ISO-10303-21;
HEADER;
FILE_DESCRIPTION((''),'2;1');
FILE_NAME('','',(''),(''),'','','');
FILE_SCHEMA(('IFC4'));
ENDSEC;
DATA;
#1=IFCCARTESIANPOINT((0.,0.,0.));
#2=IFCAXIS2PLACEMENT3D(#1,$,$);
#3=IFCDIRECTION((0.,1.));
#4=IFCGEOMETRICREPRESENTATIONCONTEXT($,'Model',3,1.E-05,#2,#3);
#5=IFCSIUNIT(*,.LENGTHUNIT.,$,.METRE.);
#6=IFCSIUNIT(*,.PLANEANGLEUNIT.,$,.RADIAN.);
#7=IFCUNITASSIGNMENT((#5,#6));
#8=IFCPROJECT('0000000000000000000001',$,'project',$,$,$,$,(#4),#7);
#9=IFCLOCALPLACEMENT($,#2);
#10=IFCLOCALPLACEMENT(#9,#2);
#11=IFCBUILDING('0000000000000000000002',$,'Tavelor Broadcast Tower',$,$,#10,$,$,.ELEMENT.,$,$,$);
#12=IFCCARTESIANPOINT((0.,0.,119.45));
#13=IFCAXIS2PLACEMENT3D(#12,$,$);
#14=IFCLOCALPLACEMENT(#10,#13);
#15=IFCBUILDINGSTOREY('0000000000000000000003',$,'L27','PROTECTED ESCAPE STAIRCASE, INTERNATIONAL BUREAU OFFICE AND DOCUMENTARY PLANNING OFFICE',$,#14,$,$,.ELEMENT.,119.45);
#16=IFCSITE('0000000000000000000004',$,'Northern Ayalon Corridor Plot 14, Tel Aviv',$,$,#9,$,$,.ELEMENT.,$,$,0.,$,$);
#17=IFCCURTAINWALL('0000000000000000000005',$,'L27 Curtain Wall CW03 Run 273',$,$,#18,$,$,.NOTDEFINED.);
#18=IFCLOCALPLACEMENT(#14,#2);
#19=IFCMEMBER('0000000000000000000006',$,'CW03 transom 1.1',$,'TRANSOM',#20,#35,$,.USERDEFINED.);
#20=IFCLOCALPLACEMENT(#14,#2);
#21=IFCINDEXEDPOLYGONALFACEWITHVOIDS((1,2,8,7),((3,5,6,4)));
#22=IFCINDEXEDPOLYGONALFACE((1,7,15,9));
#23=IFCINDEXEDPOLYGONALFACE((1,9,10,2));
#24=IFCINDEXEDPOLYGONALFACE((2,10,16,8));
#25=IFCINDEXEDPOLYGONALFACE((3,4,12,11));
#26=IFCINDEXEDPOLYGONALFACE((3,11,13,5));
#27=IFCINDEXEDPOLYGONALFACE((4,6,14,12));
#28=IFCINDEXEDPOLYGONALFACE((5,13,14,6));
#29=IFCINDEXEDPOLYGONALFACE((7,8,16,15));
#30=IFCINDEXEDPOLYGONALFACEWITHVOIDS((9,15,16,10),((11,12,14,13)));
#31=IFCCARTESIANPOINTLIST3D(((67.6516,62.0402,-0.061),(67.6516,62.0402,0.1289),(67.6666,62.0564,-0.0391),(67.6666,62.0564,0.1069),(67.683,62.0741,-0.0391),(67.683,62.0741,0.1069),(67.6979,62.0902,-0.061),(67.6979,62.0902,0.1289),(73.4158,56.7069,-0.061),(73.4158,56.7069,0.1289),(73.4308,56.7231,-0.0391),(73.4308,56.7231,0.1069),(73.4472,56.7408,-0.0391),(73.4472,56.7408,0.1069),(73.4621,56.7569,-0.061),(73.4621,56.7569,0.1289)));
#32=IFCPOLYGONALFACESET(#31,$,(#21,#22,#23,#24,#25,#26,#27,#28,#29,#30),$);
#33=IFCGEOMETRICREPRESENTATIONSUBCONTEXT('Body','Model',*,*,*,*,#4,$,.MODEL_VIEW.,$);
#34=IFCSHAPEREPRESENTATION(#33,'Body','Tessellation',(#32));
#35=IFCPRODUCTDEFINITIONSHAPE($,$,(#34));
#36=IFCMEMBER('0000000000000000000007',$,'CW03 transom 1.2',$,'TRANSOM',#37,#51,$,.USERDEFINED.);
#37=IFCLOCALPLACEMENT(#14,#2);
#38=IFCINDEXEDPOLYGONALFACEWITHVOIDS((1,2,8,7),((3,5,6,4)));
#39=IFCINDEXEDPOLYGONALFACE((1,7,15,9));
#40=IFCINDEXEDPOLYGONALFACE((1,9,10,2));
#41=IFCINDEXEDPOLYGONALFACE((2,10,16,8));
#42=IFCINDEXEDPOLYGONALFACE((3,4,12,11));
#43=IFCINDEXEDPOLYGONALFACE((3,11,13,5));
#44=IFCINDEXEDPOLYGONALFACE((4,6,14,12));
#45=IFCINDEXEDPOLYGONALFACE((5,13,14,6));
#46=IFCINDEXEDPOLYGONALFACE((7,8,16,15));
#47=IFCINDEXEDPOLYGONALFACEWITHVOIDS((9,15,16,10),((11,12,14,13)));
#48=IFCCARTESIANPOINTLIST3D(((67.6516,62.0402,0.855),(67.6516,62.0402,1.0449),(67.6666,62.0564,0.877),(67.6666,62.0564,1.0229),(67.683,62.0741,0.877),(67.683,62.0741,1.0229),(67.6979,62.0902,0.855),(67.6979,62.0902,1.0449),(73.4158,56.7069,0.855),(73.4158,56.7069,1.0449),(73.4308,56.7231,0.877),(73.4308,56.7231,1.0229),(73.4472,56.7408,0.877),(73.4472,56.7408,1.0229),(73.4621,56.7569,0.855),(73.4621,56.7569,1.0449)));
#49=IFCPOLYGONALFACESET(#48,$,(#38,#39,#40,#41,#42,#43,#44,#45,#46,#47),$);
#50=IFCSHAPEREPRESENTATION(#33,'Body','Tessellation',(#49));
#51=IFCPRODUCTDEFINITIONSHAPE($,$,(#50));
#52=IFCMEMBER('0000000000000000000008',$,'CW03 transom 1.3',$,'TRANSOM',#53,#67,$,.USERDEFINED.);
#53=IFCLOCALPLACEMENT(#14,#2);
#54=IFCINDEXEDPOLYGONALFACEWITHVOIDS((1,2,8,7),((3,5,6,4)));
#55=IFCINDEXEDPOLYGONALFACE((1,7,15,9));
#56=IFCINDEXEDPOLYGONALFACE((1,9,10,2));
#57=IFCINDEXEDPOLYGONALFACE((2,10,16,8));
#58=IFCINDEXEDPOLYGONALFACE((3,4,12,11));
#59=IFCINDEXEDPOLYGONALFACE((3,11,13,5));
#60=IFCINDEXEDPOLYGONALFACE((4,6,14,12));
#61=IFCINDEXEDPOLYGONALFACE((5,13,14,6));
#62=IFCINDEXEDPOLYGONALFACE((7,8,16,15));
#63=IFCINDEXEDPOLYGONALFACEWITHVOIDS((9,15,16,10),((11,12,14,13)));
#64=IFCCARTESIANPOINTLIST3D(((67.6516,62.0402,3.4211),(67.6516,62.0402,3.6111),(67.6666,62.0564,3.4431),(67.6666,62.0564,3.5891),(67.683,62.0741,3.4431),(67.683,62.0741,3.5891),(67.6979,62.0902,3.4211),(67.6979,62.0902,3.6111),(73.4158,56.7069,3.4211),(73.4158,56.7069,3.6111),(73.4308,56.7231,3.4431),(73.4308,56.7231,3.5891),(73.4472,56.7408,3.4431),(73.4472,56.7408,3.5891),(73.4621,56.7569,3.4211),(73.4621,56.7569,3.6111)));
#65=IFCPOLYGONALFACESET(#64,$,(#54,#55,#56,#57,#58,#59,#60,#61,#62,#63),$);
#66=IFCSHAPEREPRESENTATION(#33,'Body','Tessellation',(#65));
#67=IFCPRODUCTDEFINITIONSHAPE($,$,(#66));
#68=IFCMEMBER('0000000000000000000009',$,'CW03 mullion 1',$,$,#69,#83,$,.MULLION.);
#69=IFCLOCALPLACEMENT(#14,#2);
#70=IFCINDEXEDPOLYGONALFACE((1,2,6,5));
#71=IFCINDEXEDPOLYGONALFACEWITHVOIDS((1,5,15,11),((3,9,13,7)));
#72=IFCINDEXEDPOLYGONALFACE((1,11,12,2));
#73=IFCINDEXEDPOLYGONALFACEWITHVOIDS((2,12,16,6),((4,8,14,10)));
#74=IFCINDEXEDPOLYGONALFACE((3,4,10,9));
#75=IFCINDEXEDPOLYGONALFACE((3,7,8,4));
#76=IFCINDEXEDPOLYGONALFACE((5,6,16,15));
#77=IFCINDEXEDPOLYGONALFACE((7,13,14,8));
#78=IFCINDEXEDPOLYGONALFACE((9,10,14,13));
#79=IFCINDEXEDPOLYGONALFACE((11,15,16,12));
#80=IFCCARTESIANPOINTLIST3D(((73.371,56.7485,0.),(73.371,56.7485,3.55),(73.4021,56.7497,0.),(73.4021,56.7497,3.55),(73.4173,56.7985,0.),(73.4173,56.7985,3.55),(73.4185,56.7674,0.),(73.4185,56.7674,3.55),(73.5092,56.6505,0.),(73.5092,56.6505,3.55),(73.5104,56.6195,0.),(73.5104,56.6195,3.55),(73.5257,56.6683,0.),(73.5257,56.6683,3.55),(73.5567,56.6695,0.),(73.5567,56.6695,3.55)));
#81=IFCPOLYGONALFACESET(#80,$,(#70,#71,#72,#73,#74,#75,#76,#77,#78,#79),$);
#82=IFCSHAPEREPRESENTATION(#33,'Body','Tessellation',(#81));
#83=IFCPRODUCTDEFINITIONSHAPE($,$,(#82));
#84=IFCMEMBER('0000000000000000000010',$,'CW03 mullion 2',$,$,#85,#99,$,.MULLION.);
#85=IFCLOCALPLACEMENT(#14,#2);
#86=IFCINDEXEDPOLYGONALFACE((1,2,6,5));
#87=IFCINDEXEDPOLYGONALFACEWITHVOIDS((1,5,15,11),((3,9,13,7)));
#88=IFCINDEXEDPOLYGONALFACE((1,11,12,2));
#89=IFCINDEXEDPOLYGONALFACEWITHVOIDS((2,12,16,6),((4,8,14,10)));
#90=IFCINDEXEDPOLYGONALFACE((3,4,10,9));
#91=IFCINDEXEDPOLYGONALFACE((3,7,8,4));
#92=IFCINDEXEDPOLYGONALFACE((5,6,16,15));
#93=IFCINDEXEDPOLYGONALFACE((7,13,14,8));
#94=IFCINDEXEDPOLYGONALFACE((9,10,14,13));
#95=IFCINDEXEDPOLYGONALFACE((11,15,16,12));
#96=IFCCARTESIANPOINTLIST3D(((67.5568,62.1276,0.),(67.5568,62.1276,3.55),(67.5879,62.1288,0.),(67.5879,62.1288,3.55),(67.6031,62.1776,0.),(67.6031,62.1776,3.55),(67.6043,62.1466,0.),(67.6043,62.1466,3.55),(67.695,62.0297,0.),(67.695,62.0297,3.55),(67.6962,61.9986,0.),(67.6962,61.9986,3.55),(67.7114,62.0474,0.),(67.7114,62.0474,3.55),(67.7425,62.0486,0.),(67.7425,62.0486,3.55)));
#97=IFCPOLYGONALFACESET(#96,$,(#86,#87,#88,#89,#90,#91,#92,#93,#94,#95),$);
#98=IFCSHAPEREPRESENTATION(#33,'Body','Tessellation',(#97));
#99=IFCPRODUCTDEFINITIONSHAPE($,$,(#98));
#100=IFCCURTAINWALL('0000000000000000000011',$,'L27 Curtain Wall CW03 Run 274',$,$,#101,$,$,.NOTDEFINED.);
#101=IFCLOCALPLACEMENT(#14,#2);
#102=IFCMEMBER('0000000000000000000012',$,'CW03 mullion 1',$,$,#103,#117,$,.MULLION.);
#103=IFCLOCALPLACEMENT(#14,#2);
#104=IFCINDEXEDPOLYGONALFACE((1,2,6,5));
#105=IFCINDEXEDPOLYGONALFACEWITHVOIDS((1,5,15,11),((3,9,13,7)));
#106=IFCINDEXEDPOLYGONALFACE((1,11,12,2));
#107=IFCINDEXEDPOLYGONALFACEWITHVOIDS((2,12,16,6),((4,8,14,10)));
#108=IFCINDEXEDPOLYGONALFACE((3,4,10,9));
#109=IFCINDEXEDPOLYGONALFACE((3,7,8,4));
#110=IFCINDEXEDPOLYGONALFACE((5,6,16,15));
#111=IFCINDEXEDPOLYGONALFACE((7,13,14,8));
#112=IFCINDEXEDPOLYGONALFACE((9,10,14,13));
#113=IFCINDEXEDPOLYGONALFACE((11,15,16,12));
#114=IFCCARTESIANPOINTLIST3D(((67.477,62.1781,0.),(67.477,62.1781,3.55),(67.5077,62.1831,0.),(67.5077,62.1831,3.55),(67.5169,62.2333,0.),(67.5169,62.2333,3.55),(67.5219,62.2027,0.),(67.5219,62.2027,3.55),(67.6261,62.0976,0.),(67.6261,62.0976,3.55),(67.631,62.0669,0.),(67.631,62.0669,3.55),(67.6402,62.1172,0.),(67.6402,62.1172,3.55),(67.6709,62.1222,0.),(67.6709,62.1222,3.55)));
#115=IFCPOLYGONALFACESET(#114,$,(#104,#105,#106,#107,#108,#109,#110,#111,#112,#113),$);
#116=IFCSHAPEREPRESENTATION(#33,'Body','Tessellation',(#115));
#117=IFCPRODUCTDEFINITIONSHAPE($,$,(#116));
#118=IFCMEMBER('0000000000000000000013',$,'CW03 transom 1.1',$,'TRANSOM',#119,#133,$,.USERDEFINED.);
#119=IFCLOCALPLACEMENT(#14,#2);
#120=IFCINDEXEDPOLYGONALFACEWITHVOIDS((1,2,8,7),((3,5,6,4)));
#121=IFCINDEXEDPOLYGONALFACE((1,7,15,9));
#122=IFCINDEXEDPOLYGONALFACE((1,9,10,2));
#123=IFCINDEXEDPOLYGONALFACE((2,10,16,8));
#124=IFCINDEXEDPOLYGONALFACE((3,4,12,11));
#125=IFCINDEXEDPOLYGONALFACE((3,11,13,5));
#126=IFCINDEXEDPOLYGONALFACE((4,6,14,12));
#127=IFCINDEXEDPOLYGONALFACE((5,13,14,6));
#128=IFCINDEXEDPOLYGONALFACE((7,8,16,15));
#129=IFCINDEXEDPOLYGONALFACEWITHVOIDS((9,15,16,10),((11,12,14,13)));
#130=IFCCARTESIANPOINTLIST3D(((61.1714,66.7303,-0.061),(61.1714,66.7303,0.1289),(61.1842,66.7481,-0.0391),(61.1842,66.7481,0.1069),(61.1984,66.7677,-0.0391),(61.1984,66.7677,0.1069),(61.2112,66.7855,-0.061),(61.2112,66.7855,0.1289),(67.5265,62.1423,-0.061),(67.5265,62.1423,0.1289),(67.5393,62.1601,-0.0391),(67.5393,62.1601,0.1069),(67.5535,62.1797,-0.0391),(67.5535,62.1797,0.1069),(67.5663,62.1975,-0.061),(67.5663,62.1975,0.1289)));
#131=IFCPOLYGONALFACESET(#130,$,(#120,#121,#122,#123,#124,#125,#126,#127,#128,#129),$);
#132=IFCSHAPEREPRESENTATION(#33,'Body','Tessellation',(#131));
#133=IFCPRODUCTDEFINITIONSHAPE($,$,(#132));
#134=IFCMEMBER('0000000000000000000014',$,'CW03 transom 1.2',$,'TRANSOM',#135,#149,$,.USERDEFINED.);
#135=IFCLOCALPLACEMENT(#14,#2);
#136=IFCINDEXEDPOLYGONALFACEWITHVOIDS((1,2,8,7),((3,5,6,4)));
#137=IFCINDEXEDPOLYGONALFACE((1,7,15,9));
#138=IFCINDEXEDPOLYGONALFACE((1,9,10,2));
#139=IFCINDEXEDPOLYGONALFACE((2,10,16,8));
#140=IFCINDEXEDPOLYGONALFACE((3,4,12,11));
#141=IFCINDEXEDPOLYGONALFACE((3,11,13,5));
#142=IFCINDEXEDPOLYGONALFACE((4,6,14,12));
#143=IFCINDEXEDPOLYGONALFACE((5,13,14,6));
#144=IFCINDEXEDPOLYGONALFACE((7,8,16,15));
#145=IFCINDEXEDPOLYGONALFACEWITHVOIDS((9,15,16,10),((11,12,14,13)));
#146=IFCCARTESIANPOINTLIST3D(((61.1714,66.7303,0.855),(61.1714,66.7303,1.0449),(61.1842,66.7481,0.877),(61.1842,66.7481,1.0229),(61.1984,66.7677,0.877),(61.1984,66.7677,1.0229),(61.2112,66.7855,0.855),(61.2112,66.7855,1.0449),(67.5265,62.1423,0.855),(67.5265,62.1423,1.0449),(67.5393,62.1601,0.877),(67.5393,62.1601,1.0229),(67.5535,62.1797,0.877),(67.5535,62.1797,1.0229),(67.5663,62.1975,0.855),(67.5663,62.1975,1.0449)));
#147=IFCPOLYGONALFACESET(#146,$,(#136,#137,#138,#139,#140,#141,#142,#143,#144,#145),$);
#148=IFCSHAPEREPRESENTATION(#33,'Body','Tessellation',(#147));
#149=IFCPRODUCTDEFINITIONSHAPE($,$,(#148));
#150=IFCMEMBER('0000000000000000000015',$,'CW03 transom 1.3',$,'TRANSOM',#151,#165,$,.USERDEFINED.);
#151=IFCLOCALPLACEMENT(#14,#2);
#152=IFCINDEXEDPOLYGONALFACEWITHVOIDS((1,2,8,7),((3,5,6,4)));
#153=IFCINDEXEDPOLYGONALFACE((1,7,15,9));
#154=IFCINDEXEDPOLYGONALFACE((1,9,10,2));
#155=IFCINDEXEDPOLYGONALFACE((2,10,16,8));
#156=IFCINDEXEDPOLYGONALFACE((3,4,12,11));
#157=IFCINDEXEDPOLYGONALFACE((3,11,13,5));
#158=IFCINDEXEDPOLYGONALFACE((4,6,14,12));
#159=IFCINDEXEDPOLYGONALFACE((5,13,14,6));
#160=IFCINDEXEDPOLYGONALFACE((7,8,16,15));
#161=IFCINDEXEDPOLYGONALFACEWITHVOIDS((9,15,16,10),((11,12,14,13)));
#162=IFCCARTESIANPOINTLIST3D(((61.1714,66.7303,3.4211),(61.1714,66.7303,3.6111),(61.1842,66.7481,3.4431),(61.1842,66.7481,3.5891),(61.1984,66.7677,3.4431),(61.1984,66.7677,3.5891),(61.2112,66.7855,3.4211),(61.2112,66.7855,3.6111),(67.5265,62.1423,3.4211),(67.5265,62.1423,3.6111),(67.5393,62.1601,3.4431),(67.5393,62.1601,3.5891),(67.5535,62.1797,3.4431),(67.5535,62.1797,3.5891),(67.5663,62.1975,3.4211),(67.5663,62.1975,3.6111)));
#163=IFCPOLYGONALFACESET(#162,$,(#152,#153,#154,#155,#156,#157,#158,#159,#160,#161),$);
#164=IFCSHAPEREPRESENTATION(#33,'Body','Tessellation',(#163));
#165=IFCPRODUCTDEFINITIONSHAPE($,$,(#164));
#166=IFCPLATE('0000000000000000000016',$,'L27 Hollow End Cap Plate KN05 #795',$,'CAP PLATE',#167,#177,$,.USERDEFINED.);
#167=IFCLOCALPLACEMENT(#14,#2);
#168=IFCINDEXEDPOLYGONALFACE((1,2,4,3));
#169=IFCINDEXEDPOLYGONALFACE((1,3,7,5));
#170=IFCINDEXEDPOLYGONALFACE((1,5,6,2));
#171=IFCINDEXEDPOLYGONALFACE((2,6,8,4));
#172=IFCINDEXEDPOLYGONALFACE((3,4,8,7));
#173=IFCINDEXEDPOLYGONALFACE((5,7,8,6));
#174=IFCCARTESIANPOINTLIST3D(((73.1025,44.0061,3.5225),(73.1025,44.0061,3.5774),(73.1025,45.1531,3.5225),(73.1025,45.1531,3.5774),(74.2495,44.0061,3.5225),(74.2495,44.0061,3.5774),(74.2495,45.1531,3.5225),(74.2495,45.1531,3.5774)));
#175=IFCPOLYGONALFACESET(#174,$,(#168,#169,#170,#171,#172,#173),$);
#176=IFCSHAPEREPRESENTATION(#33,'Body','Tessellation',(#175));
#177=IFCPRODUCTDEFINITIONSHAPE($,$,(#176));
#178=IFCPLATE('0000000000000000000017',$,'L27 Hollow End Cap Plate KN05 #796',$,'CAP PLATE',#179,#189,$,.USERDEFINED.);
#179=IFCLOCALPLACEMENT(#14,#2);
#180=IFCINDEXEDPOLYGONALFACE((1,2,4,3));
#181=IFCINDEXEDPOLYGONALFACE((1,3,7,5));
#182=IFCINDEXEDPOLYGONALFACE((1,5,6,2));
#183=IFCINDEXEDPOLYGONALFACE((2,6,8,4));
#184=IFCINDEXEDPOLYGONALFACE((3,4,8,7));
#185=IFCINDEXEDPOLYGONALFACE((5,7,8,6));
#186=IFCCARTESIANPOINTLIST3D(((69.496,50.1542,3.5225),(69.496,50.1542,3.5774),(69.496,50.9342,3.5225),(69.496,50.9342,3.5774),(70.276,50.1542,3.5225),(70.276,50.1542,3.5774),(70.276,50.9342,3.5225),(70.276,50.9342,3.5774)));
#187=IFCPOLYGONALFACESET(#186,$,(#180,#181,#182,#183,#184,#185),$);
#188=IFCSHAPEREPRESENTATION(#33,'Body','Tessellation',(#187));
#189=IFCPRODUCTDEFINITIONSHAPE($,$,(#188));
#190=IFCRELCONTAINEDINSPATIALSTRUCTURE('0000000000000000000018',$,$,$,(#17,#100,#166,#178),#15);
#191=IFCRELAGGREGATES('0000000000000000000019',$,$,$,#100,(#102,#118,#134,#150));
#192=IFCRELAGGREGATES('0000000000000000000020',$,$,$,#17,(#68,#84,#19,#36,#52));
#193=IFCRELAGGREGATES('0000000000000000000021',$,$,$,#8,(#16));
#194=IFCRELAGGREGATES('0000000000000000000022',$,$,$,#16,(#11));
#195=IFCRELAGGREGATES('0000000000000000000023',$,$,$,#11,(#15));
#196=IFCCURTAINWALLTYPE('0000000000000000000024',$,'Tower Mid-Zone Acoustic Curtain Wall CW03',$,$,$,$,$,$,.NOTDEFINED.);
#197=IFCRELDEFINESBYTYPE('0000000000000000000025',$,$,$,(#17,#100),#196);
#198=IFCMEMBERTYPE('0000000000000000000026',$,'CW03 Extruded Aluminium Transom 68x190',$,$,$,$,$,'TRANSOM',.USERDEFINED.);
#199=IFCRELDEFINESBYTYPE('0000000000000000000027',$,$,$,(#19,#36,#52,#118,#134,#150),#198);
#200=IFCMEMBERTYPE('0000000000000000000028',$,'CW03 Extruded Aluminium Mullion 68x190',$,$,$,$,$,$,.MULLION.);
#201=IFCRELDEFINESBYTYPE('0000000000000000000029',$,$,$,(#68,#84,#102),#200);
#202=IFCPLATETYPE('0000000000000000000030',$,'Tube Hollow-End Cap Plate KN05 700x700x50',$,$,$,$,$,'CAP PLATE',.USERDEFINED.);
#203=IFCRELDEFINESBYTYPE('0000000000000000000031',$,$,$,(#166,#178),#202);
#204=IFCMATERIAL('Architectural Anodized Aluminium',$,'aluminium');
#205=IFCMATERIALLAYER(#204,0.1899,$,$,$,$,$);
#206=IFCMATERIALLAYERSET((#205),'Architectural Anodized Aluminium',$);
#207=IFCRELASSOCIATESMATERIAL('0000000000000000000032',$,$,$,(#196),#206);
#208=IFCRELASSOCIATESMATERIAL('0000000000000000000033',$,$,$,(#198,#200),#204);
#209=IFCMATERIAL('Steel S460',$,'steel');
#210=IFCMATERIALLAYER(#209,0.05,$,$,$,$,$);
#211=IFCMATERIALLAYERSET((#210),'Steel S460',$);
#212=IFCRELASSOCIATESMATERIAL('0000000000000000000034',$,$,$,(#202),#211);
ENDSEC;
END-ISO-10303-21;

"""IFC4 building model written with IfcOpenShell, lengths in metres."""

from ifc_helpers import new_model, si_unit, direction, frame, origin, origin_2d, place, context, subcontext, project, spatial, rectangle, hollow_rectangle, extrude, source, transform, mapped, material, layer, layer_set, material_profile, profile_set, type_object, type_shapes, element, aggregate, save


model = new_model("IFC4")

# Units and contexts
model_context = context("Model", 3, precision=1e-05, world=origin(), true_north=direction((0.0, 1.0)))
body_context = subcontext(model_context, "Body", "Model", "MODEL_VIEW")
ifc_project = project(units=[si_unit("LENGTHUNIT", "METRE"), si_unit("PLANEANGLEUNIT", "RADIAN")], contexts=[model_context])

# Site, building, storey
site_placement = place(None, origin())
site = spatial("IfcSite", under=ifc_project, at=site_placement, Name="Northern Ayalon Corridor Plot 14, Tel Aviv", CompositionType="ELEMENT", RefElevation=0.0)
building_placement = place(site_placement, origin())
building = spatial("IfcBuilding", under=site, at=building_placement, Name="Tavelor Broadcast Tower", CompositionType="ELEMENT")
storey_placement = place(building_placement, frame((0.0, 0.0, 119.45)))
storey = spatial("IfcBuildingStorey", under=building, at=storey_placement, Name="L27", Description="PROTECTED ESCAPE STAIRCASE, INTERNATIONAL BUREAU OFFICE AND DOCUMENTARY PLANNING OFFICE", CompositionType="ELEMENT", Elevation=119.45)

# Shared definitions
ifc_material_1 = material(Name="Steel S460", Category="steel")

# Curtain walls, members
ifc_material_2 = material(Name="Architectural Anodized Aluminium", Category="aluminium")
ifc_layer_1 = layer(ifc_material_2, 0.1899)
ifc_layer_set_1 = layer_set([ifc_layer_1], Name="Architectural Anodized Aluminium")
curtain_wall_type = type_object("IfcCurtainWallType", Name="Tower Mid-Zone Acoustic Curtain Wall CW03", PredefinedType="NOTDEFINED", material=ifc_layer_set_1)
curtain_wall_1_placement = place(storey_placement, origin())
curtain_wall_1 = element("IfcCurtainWall", 1, at=curtain_wall_1_placement, inside=storey, type_object=curtain_wall_type, Name="L27 Curtain Wall CW03 Run 273", PredefinedType="NOTDEFINED")
ifc_material_profile_1 = material_profile(ifc_material_2, hollow_rectangle(XDim=0.0681, YDim=0.1899, WallThickness=0.022, at=origin_2d()), Name="RHS 68x190x22")
ifc_profile_set_1 = profile_set([ifc_material_profile_1], Name="Architectural Anodized Aluminium")
member_type_1 = type_object("IfcMemberType", Name="CW03 Extruded Aluminium Transom 68x190", ElementType="TRANSOM", PredefinedType="USERDEFINED", material=ifc_profile_set_1)
shared_shape_1 = source(origin(), body_context, "Body", "SweptSolid", [
    extrude(hollow_rectangle(XDim=0.0681, YDim=0.1899, WallThickness=0.022, at=origin_2d()), origin(), (0.0, 0.0, 1.0), 7.853),
])
member_1_placement = place(storey_placement, frame((73.439, 56.7319, 0.0339), z_axis=(-0.73401, 0.679138, 0.0), x_axis=(-0.679138, -0.73401, 0.0)))
member_1 = element("IfcMember", 2, at=member_1_placement, type_object=member_type_1, Name="CW03 transom 1.1", ObjectType="TRANSOM", PredefinedType="USERDEFINED", context=body_context, shape_type="MappedRepresentation", body=[
    mapped(shared_shape_1, transform((0.0, 0.0, 0.0), scale=1.0)),
])
member_2_placement = place(storey_placement, frame((73.439, 56.7319, 0.95), z_axis=(-0.73401, 0.679138, 0.0), x_axis=(-0.679138, -0.73401, 0.0)))
member_2 = element("IfcMember", 3, at=member_2_placement, type_object=member_type_1, Name="CW03 transom 1.2", ObjectType="TRANSOM", PredefinedType="USERDEFINED", context=body_context, shape_type="MappedRepresentation", body=[
    mapped(shared_shape_1, transform((0.0, 0.0, 0.0), scale=1.0)),
])
member_3_placement = place(storey_placement, frame((73.439, 56.7319, 3.5161), z_axis=(-0.73401, 0.679138, 0.0), x_axis=(-0.679138, -0.73401, 0.0)))
member_3 = element("IfcMember", 4, at=member_3_placement, type_object=member_type_1, Name="CW03 transom 1.3", ObjectType="TRANSOM", PredefinedType="USERDEFINED", context=body_context, shape_type="MappedRepresentation", body=[
    mapped(shared_shape_1, transform((0.0, 0.0, 0.0), scale=1.0)),
])
ifc_material_profile_2 = material_profile(ifc_material_2, hollow_rectangle(XDim=0.0681, YDim=0.1899, WallThickness=0.022, at=origin_2d()), Name="RHS 68x190x22")
ifc_profile_set_2 = profile_set([ifc_material_profile_2], Name="Architectural Anodized Aluminium")
member_type_2 = type_object("IfcMemberType", Name="CW03 Extruded Aluminium Mullion 68x190", PredefinedType="MULLION", material=ifc_profile_set_2)
shared_shape_2 = source(origin(), body_context, "Body", "SweptSolid", [
    extrude(hollow_rectangle(XDim=0.0681, YDim=0.1899, WallThickness=0.022, at=origin_2d()), origin(), (0.0, 0.0, 1.0), 3.55),
])
type_shapes(member_type_2, [shared_shape_2])
member_4_placement = place(storey_placement, frame((73.4639, 56.709, 0.0), z_axis=(0.0, 0.0, 1.0), x_axis=(-0.679123, -0.734024, 0.0)))
member_4 = element("IfcMember", 5, at=member_4_placement, type_object=member_type_2, Name="CW03 mullion 1", PredefinedType="MULLION", context=body_context, shape_type="MappedRepresentation", body=[
    mapped(shared_shape_2, transform((0.0, 0.0, 0.0), scale=1.0)),
])
member_5_placement = place(storey_placement, frame((67.6497, 62.0881, 0.0), z_axis=(0.0, 0.0, 1.0), x_axis=(-0.679123, -0.734024, 0.0)))
member_5 = element("IfcMember", 6, at=member_5_placement, type_object=member_type_2, Name="CW03 mullion 2", PredefinedType="MULLION", context=body_context, shape_type="MappedRepresentation", body=[
    mapped(shared_shape_2, transform((0.0, 0.0, 0.0), scale=1.0)),
])
curtain_wall_2_placement = place(storey_placement, origin())
curtain_wall_2 = element("IfcCurtainWall", 7, at=curtain_wall_2_placement, inside=storey, type_object=curtain_wall_type, Name="L27 Curtain Wall CW03 Run 274", PredefinedType="NOTDEFINED")
member_6_placement = place(storey_placement, frame((67.574, 62.1501, 0.0), z_axis=(0.0, 0.0, 1.0), x_axis=(-0.585313, -0.810808, 0.0)))
member_6 = element("IfcMember", 8, at=member_6_placement, type_object=member_type_2, Name="CW03 mullion 1", PredefinedType="MULLION", context=body_context, shape_type="MappedRepresentation", body=[
    mapped(shared_shape_2, transform((0.0, 0.0, 0.0), scale=1.0)),
])
shared_shape_3 = source(origin(), body_context, "Body", "SweptSolid", [
    extrude(hollow_rectangle(XDim=0.0681, YDim=0.1899, WallThickness=0.022, at=origin_2d()), origin(), (0.0, 0.0, 1.0), 7.8381),
])
type_shapes(member_type_1, [shared_shape_1, shared_shape_3])
member_7_placement = place(storey_placement, frame((67.5464, 62.1699, 0.0339), z_axis=(-0.810789, 0.585338, 0.0), x_axis=(-0.585338, -0.810789, 0.0)))
member_7 = element("IfcMember", 9, at=member_7_placement, type_object=member_type_1, Name="CW03 transom 1.1", ObjectType="TRANSOM", PredefinedType="USERDEFINED", context=body_context, shape_type="MappedRepresentation", body=[
    mapped(shared_shape_3, transform((0.0, 0.0, 0.0), scale=1.0)),
])
member_8_placement = place(storey_placement, frame((67.5464, 62.1699, 0.95), z_axis=(-0.810789, 0.585338, 0.0), x_axis=(-0.585338, -0.810789, 0.0)))
member_8 = element("IfcMember", 10, at=member_8_placement, type_object=member_type_1, Name="CW03 transom 1.2", ObjectType="TRANSOM", PredefinedType="USERDEFINED", context=body_context, shape_type="MappedRepresentation", body=[
    mapped(shared_shape_3, transform((0.0, 0.0, 0.0), scale=1.0)),
])
member_9_placement = place(storey_placement, frame((67.5464, 62.1699, 3.5161), z_axis=(-0.810789, 0.585338, 0.0), x_axis=(-0.585338, -0.810789, 0.0)))
member_9 = element("IfcMember", 11, at=member_9_placement, type_object=member_type_1, Name="CW03 transom 1.3", ObjectType="TRANSOM", PredefinedType="USERDEFINED", context=body_context, shape_type="MappedRepresentation", body=[
    mapped(shared_shape_3, transform((0.0, 0.0, 0.0), scale=1.0)),
])
aggregate(curtain_wall_2, [member_6, member_7, member_8, member_9])

# Plates
ifc_layer_2 = layer(ifc_material_1, 0.05)
ifc_layer_set_2 = layer_set([ifc_layer_2], Name="Steel S460")
plate_type_1 = type_object("IfcPlateType", Name="Tube Hollow-End Cap Plate KN05 700x700x50", ElementType="CAP PLATE", PredefinedType="USERDEFINED", material=ifc_layer_set_2)
shared_shape_4 = source(origin(), body_context, "Body", "SweptSolid", [
    extrude(rectangle(XDim=1.147, YDim=1.147, at=origin_2d()), origin(), (0.0, 0.0, 1.0), 0.0549),
])
plate_1_placement = place(storey_placement, frame((73.676, 44.5796, 3.5225), z_axis=(0.0, 0.0, 1.0), x_axis=(1.0, 0.0, 0.0)))
element("IfcPlate", 12, at=plate_1_placement, inside=storey, type_object=plate_type_1, Name="L27 Hollow End Cap Plate KN05 #795", ObjectType="CAP PLATE", PredefinedType="USERDEFINED", context=body_context, shape_type="MappedRepresentation", body=[
    mapped(shared_shape_4, transform((0.0, 0.0, 0.0), scale=1.0)),
])
shared_shape_5 = source(origin(), body_context, "Body", "SweptSolid", [
    extrude(rectangle(XDim=0.78, YDim=0.78, at=origin_2d()), origin(), (0.0, 0.0, 1.0), 0.0549),
])
type_shapes(plate_type_1, [shared_shape_4, shared_shape_5])
for number, where, z_axis, x_axis, name in (
    (13, (69.886, 50.5442, 3.5225), (0.0, 0.0, 1.0), (1.0, 0.0, 0.0), "L27 Hollow End Cap Plate KN05 #796"),
):
    element("IfcPlate", number, at=place(storey_placement, frame(where, z_axis=z_axis, x_axis=x_axis)), inside=storey, type_object=plate_type_1, Name=name, ObjectType="CAP PLATE", PredefinedType="USERDEFINED", context=body_context, shape_type="MappedRepresentation", body=[
        mapped(shared_shape_5, transform((0.0, 0.0, 0.0), scale=1.0)),
    ])

aggregate(curtain_wall_1, [member_4, member_5, member_1, member_2, member_3])

save(model, "model.ifc")
